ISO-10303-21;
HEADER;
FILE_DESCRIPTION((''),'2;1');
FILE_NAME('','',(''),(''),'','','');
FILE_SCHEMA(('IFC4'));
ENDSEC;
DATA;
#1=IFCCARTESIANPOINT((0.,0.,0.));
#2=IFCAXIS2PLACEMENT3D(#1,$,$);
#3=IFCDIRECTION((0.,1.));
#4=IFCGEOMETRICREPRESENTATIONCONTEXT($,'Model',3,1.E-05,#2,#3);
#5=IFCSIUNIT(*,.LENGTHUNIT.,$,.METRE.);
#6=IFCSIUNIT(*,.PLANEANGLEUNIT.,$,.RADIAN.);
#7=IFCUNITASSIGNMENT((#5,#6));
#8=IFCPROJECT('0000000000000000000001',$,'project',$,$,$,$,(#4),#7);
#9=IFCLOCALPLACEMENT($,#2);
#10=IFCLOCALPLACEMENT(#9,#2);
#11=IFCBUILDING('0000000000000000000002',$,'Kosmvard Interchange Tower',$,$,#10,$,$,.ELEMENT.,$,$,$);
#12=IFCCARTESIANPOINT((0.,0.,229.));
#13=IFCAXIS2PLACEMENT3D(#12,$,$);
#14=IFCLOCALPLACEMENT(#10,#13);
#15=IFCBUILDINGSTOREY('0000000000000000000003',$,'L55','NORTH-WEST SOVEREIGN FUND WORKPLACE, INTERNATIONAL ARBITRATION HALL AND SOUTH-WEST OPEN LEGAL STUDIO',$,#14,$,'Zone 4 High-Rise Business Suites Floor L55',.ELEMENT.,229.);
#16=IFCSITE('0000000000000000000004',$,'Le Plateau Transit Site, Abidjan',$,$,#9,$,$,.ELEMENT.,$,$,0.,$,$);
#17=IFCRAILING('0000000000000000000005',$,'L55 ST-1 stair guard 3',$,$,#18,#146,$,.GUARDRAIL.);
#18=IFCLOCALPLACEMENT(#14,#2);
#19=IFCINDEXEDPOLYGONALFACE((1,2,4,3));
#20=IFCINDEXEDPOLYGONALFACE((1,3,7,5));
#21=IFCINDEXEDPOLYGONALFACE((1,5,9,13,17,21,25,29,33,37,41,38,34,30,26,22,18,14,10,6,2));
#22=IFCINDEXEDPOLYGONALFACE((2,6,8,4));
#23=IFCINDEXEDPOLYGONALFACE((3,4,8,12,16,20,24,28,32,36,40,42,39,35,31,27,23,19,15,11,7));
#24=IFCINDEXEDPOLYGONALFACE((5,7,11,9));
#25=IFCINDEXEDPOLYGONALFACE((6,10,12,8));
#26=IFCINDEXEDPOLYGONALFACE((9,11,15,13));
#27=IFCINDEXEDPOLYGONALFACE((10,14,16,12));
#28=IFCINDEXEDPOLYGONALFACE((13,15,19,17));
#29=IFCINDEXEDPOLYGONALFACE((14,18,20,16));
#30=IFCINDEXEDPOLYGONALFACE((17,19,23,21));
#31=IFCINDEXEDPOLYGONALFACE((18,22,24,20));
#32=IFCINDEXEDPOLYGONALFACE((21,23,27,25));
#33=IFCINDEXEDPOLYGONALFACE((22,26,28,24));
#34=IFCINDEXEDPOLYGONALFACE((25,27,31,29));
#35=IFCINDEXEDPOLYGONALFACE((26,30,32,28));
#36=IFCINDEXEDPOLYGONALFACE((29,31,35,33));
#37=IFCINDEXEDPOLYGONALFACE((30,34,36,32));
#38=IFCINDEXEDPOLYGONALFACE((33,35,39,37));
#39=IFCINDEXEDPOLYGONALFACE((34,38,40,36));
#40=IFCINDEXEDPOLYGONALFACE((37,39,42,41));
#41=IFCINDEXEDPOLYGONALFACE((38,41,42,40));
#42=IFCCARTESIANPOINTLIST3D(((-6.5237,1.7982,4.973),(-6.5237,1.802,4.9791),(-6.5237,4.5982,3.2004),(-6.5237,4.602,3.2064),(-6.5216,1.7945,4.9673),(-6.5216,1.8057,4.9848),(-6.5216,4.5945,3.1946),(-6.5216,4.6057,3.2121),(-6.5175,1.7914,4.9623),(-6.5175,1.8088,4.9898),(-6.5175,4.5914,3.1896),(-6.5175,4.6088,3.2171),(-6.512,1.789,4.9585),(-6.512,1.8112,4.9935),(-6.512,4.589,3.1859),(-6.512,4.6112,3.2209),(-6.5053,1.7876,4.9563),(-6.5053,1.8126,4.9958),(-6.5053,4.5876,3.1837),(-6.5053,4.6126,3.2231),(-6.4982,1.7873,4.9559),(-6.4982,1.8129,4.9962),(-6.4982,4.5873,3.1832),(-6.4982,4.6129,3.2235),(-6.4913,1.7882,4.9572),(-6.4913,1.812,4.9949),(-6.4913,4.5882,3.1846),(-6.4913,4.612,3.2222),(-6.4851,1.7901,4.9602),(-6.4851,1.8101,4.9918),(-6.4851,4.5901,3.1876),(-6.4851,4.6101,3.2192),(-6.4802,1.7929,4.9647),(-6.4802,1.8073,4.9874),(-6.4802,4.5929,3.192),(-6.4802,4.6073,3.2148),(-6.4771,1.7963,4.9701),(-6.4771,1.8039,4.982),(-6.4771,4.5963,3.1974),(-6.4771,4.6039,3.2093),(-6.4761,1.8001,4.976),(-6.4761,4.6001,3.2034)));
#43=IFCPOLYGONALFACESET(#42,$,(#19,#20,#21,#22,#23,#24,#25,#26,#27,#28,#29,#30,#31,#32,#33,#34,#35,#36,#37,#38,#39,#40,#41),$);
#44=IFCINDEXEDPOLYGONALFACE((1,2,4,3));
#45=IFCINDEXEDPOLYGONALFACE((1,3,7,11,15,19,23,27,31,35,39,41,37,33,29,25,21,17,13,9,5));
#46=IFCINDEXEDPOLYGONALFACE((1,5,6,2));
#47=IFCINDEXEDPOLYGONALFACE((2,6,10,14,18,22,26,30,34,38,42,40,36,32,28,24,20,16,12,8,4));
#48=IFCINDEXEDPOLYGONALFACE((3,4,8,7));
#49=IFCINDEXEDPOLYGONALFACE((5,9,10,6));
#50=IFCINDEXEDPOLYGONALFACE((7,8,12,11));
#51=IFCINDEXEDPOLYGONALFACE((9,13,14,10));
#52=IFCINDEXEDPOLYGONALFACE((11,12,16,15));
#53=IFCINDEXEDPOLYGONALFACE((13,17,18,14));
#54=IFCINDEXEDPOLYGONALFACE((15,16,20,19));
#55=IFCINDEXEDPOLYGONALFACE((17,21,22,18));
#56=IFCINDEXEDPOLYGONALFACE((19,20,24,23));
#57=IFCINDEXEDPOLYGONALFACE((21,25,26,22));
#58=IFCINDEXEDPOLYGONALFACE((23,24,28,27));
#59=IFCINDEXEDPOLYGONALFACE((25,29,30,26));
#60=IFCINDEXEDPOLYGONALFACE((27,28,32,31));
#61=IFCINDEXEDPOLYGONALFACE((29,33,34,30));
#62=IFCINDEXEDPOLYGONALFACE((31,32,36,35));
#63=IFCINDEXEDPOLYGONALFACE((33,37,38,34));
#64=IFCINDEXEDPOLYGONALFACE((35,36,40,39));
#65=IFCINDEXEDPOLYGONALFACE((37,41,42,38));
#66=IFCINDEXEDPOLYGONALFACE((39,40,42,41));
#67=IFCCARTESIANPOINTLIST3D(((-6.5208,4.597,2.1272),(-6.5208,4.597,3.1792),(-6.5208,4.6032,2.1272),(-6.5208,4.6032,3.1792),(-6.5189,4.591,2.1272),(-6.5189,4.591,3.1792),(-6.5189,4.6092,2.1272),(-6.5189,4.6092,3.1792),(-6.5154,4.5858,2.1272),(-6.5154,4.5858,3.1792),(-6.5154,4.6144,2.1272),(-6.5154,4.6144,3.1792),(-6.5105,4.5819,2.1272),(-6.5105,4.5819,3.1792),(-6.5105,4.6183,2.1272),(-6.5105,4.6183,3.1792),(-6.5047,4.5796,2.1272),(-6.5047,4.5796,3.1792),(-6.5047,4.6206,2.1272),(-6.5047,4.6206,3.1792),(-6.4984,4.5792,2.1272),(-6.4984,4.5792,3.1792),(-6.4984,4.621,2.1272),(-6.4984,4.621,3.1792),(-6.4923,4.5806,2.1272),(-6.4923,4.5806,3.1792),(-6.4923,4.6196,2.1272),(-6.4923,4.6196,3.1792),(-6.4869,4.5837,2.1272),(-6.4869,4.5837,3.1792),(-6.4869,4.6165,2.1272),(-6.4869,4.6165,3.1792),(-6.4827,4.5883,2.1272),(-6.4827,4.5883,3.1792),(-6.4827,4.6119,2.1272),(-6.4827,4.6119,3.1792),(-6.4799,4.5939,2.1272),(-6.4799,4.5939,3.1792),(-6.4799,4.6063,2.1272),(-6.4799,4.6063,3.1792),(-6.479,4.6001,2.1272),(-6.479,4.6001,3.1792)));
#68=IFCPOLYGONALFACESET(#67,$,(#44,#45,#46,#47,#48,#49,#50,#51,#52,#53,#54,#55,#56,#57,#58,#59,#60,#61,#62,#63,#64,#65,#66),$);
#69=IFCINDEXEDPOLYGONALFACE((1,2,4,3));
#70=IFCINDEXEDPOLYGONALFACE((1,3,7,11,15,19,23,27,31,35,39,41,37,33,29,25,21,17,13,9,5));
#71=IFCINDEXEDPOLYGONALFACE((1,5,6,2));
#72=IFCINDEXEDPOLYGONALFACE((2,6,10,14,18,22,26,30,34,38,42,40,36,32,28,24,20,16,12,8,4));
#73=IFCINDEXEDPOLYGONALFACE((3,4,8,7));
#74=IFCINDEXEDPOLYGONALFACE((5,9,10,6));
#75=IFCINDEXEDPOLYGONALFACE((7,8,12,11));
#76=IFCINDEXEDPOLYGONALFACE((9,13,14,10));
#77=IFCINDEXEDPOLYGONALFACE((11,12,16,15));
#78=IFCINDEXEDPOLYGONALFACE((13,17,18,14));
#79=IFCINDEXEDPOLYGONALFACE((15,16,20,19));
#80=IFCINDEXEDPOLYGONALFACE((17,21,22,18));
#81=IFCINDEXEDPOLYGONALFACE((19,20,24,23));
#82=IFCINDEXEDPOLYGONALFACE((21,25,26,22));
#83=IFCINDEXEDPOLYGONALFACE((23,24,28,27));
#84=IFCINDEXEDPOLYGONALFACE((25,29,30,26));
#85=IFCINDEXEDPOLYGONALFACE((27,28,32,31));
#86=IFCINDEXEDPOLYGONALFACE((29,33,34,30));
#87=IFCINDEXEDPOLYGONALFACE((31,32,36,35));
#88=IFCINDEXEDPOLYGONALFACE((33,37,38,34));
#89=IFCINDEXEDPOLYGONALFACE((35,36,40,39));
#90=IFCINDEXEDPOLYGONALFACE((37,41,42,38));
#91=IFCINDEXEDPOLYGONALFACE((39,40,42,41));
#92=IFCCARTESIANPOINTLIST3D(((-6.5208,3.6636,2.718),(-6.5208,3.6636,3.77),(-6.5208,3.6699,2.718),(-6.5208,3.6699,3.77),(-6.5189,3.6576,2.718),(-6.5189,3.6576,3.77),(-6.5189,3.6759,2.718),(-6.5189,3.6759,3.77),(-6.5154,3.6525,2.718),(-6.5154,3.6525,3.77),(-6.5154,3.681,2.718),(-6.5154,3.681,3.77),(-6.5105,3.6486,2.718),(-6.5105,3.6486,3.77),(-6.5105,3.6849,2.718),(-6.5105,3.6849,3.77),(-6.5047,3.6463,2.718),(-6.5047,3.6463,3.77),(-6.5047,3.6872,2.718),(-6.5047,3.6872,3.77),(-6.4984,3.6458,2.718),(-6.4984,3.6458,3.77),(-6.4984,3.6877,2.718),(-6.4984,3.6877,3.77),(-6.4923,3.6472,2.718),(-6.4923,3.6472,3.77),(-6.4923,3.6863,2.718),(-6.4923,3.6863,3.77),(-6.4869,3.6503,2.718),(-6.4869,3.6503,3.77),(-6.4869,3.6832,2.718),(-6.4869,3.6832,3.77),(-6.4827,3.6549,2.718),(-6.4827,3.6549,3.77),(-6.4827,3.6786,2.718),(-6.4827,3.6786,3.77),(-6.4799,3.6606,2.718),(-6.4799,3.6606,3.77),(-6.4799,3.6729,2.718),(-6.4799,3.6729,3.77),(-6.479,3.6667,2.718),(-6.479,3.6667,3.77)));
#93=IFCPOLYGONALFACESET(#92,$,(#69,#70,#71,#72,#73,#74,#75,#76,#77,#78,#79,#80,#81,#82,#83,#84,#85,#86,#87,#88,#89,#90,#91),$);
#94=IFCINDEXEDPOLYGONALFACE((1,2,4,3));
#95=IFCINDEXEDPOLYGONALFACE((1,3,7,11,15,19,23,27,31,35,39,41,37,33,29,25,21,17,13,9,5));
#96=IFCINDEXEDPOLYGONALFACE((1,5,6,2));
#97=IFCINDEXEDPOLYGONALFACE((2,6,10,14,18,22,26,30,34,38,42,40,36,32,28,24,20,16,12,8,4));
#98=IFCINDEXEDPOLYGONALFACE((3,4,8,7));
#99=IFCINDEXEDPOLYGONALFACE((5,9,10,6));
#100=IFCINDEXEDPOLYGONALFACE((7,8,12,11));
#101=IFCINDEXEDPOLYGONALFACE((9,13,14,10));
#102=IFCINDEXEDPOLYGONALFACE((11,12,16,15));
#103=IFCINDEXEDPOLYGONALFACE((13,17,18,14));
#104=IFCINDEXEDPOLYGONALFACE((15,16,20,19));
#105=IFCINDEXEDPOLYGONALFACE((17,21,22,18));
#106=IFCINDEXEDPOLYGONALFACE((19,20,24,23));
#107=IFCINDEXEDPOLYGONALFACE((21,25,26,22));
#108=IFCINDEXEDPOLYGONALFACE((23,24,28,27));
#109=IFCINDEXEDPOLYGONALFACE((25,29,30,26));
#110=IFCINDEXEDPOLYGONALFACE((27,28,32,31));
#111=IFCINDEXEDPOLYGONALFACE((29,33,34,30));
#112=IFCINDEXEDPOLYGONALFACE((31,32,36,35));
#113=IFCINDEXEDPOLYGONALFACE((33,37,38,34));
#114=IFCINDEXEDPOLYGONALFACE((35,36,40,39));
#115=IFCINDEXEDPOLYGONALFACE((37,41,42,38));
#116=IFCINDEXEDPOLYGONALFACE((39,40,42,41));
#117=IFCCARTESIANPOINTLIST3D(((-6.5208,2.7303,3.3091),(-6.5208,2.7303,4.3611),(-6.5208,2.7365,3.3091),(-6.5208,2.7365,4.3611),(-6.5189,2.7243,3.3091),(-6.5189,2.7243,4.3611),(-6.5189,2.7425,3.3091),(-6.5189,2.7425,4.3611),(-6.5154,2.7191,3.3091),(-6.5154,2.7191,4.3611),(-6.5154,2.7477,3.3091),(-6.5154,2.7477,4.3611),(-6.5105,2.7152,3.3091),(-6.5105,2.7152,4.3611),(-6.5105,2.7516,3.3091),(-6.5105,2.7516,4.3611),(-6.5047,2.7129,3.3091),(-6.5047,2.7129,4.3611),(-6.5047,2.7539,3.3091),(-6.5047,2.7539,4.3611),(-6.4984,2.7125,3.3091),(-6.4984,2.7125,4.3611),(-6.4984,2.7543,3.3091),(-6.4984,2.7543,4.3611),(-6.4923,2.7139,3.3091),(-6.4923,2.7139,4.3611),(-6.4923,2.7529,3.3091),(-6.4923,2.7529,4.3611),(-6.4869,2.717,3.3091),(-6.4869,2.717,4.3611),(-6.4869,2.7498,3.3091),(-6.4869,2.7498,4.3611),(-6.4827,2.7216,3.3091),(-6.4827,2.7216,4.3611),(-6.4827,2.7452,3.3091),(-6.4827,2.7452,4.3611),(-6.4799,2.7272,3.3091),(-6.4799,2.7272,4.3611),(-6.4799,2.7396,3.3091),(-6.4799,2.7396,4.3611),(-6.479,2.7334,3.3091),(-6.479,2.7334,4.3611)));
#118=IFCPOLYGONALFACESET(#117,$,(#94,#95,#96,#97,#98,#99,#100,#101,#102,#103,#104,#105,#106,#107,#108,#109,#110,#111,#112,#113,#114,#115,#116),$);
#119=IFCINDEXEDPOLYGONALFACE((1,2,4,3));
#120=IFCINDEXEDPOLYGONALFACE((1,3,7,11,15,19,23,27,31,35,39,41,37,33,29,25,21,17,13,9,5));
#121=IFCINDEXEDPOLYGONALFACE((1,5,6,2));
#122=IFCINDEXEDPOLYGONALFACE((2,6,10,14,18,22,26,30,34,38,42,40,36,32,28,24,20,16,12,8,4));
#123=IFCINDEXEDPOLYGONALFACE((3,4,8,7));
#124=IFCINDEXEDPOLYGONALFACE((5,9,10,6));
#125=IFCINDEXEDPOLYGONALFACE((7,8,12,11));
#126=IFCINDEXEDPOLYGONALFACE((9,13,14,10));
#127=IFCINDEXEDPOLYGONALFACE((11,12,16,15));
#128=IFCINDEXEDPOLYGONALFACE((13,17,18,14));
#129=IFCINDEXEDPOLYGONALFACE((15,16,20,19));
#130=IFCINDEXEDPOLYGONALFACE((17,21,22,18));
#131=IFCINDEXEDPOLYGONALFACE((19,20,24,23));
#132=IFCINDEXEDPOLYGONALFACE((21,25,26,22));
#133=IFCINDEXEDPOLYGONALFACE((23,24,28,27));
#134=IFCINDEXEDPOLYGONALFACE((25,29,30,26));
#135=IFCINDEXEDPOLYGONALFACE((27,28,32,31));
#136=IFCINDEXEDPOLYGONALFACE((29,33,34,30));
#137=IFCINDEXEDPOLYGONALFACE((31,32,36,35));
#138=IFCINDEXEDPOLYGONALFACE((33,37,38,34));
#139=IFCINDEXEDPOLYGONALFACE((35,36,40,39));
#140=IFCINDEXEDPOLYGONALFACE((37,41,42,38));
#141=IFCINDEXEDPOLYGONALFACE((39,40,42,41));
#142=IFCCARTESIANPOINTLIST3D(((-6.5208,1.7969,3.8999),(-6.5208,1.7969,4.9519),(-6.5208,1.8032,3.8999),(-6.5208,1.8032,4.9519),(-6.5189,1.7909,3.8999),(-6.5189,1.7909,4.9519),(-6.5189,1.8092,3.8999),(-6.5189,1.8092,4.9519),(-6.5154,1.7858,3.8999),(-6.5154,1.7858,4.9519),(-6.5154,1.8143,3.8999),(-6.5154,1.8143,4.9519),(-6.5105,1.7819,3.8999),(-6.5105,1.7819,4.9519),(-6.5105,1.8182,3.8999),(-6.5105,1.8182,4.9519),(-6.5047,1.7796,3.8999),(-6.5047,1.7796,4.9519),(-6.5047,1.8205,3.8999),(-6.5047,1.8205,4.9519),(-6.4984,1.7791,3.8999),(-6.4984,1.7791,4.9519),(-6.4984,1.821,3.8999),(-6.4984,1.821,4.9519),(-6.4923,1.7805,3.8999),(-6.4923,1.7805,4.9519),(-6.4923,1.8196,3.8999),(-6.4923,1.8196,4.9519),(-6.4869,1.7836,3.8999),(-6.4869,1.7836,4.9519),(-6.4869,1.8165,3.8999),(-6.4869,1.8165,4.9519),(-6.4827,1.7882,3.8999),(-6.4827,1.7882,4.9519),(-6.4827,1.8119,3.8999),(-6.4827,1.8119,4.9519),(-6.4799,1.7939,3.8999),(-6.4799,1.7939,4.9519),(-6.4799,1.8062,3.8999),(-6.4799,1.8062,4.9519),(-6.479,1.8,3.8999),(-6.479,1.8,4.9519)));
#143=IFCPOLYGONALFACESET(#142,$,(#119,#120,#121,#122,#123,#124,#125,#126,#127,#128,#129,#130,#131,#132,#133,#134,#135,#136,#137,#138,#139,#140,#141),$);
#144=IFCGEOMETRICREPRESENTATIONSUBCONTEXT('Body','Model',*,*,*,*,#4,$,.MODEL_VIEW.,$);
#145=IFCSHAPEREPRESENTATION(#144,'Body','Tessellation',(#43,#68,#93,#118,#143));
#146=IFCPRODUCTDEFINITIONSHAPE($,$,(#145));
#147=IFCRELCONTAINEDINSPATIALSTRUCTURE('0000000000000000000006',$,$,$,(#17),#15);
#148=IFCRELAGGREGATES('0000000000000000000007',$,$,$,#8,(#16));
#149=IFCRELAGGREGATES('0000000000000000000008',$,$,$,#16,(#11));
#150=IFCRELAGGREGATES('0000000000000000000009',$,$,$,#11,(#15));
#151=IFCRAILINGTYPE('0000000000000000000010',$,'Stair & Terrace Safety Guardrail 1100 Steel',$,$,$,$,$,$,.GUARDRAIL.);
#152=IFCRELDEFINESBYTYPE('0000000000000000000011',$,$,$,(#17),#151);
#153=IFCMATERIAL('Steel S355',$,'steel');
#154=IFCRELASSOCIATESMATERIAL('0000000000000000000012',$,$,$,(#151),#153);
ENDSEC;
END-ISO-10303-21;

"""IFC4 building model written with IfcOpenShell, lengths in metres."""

from ifc_helpers import new_model, si_unit, direction, frame, origin, origin_2d, place, context, subcontext, project, spatial, circle, extrude, source, transform, mapped, material, type_object, element, save


model = new_model("IFC4")

# Units and contexts
model_context = context("Model", 3, precision=1e-05, world=origin(), true_north=direction((0.0, 1.0)))
body_context = subcontext(model_context, "Body", "Model", "MODEL_VIEW")
ifc_project = project(units=[si_unit("LENGTHUNIT", "METRE"), si_unit("PLANEANGLEUNIT", "RADIAN")], contexts=[model_context])

# Site, building, storey
site_placement = place(None, origin())
site = spatial("IfcSite", under=ifc_project, at=site_placement, Name="Le Plateau Transit Site, Abidjan", CompositionType="ELEMENT", RefElevation=0.0)
building_placement = place(site_placement, origin())
building = spatial("IfcBuilding", under=site, at=building_placement, Name="Kosmvard Interchange Tower", CompositionType="ELEMENT")
storey_placement = place(building_placement, frame((0.0, 0.0, 229.0)))
storey = spatial("IfcBuildingStorey", under=building, at=storey_placement, Name="L55", Description="NORTH-WEST SOVEREIGN FUND WORKPLACE, INTERNATIONAL ARBITRATION HALL AND SOUTH-WEST OPEN LEGAL STUDIO", LongName="Zone 4 High-Rise Business Suites Floor L55", CompositionType="ELEMENT", Elevation=229.0)

# Shared definitions
ifc_material_1 = material(Name="Steel S355", Category="steel")

# Railing
railing_type_1 = type_object("IfcRailingType", Name="Stair & Terrace Safety Guardrail 1100 Steel", PredefinedType="GUARDRAIL", material=ifc_material_1)
shared_shape_1 = source(origin(), body_context, "Body", "SweptSolid", [
    extrude(circle(Radius=0.0239, at=origin_2d()), frame((0.0, 0.0, 1.0762), z_axis=(0.0, -0.844909, 0.53491), x_axis=(1.0, 0.0, 0.0)), (0.0, 0.0, 1.0), 3.314),
    extrude(circle(Radius=0.021, at=origin_2d()), origin(), (0.0, 0.0, 1.0), 1.052),
    extrude(circle(Radius=0.021, at=origin_2d()), frame((0.0, -0.9333, 0.5908)), (0.0, 0.0, 1.0), 1.052),
    extrude(circle(Radius=0.021, at=origin_2d()), frame((0.0, -1.8667, 1.1819)), (0.0, 0.0, 1.0), 1.052),
    extrude(circle(Radius=0.021, at=origin_2d()), frame((0.0, -2.8, 1.7727)), (0.0, 0.0, 1.0), 1.052),
])
railing_1_placement = place(storey_placement, frame((-6.5, 4.6001, 2.1272)))
element("IfcRailing", 1, at=railing_1_placement, inside=storey, type_object=railing_type_1, Name="L55 ST-1 stair guard 3", PredefinedType="GUARDRAIL", context=body_context, shape_type="MappedRepresentation", body=[
    mapped(shared_shape_1, transform((0.0, 0.0, 0.0), scale=1.0)),
])

save(model, "model.ifc")
